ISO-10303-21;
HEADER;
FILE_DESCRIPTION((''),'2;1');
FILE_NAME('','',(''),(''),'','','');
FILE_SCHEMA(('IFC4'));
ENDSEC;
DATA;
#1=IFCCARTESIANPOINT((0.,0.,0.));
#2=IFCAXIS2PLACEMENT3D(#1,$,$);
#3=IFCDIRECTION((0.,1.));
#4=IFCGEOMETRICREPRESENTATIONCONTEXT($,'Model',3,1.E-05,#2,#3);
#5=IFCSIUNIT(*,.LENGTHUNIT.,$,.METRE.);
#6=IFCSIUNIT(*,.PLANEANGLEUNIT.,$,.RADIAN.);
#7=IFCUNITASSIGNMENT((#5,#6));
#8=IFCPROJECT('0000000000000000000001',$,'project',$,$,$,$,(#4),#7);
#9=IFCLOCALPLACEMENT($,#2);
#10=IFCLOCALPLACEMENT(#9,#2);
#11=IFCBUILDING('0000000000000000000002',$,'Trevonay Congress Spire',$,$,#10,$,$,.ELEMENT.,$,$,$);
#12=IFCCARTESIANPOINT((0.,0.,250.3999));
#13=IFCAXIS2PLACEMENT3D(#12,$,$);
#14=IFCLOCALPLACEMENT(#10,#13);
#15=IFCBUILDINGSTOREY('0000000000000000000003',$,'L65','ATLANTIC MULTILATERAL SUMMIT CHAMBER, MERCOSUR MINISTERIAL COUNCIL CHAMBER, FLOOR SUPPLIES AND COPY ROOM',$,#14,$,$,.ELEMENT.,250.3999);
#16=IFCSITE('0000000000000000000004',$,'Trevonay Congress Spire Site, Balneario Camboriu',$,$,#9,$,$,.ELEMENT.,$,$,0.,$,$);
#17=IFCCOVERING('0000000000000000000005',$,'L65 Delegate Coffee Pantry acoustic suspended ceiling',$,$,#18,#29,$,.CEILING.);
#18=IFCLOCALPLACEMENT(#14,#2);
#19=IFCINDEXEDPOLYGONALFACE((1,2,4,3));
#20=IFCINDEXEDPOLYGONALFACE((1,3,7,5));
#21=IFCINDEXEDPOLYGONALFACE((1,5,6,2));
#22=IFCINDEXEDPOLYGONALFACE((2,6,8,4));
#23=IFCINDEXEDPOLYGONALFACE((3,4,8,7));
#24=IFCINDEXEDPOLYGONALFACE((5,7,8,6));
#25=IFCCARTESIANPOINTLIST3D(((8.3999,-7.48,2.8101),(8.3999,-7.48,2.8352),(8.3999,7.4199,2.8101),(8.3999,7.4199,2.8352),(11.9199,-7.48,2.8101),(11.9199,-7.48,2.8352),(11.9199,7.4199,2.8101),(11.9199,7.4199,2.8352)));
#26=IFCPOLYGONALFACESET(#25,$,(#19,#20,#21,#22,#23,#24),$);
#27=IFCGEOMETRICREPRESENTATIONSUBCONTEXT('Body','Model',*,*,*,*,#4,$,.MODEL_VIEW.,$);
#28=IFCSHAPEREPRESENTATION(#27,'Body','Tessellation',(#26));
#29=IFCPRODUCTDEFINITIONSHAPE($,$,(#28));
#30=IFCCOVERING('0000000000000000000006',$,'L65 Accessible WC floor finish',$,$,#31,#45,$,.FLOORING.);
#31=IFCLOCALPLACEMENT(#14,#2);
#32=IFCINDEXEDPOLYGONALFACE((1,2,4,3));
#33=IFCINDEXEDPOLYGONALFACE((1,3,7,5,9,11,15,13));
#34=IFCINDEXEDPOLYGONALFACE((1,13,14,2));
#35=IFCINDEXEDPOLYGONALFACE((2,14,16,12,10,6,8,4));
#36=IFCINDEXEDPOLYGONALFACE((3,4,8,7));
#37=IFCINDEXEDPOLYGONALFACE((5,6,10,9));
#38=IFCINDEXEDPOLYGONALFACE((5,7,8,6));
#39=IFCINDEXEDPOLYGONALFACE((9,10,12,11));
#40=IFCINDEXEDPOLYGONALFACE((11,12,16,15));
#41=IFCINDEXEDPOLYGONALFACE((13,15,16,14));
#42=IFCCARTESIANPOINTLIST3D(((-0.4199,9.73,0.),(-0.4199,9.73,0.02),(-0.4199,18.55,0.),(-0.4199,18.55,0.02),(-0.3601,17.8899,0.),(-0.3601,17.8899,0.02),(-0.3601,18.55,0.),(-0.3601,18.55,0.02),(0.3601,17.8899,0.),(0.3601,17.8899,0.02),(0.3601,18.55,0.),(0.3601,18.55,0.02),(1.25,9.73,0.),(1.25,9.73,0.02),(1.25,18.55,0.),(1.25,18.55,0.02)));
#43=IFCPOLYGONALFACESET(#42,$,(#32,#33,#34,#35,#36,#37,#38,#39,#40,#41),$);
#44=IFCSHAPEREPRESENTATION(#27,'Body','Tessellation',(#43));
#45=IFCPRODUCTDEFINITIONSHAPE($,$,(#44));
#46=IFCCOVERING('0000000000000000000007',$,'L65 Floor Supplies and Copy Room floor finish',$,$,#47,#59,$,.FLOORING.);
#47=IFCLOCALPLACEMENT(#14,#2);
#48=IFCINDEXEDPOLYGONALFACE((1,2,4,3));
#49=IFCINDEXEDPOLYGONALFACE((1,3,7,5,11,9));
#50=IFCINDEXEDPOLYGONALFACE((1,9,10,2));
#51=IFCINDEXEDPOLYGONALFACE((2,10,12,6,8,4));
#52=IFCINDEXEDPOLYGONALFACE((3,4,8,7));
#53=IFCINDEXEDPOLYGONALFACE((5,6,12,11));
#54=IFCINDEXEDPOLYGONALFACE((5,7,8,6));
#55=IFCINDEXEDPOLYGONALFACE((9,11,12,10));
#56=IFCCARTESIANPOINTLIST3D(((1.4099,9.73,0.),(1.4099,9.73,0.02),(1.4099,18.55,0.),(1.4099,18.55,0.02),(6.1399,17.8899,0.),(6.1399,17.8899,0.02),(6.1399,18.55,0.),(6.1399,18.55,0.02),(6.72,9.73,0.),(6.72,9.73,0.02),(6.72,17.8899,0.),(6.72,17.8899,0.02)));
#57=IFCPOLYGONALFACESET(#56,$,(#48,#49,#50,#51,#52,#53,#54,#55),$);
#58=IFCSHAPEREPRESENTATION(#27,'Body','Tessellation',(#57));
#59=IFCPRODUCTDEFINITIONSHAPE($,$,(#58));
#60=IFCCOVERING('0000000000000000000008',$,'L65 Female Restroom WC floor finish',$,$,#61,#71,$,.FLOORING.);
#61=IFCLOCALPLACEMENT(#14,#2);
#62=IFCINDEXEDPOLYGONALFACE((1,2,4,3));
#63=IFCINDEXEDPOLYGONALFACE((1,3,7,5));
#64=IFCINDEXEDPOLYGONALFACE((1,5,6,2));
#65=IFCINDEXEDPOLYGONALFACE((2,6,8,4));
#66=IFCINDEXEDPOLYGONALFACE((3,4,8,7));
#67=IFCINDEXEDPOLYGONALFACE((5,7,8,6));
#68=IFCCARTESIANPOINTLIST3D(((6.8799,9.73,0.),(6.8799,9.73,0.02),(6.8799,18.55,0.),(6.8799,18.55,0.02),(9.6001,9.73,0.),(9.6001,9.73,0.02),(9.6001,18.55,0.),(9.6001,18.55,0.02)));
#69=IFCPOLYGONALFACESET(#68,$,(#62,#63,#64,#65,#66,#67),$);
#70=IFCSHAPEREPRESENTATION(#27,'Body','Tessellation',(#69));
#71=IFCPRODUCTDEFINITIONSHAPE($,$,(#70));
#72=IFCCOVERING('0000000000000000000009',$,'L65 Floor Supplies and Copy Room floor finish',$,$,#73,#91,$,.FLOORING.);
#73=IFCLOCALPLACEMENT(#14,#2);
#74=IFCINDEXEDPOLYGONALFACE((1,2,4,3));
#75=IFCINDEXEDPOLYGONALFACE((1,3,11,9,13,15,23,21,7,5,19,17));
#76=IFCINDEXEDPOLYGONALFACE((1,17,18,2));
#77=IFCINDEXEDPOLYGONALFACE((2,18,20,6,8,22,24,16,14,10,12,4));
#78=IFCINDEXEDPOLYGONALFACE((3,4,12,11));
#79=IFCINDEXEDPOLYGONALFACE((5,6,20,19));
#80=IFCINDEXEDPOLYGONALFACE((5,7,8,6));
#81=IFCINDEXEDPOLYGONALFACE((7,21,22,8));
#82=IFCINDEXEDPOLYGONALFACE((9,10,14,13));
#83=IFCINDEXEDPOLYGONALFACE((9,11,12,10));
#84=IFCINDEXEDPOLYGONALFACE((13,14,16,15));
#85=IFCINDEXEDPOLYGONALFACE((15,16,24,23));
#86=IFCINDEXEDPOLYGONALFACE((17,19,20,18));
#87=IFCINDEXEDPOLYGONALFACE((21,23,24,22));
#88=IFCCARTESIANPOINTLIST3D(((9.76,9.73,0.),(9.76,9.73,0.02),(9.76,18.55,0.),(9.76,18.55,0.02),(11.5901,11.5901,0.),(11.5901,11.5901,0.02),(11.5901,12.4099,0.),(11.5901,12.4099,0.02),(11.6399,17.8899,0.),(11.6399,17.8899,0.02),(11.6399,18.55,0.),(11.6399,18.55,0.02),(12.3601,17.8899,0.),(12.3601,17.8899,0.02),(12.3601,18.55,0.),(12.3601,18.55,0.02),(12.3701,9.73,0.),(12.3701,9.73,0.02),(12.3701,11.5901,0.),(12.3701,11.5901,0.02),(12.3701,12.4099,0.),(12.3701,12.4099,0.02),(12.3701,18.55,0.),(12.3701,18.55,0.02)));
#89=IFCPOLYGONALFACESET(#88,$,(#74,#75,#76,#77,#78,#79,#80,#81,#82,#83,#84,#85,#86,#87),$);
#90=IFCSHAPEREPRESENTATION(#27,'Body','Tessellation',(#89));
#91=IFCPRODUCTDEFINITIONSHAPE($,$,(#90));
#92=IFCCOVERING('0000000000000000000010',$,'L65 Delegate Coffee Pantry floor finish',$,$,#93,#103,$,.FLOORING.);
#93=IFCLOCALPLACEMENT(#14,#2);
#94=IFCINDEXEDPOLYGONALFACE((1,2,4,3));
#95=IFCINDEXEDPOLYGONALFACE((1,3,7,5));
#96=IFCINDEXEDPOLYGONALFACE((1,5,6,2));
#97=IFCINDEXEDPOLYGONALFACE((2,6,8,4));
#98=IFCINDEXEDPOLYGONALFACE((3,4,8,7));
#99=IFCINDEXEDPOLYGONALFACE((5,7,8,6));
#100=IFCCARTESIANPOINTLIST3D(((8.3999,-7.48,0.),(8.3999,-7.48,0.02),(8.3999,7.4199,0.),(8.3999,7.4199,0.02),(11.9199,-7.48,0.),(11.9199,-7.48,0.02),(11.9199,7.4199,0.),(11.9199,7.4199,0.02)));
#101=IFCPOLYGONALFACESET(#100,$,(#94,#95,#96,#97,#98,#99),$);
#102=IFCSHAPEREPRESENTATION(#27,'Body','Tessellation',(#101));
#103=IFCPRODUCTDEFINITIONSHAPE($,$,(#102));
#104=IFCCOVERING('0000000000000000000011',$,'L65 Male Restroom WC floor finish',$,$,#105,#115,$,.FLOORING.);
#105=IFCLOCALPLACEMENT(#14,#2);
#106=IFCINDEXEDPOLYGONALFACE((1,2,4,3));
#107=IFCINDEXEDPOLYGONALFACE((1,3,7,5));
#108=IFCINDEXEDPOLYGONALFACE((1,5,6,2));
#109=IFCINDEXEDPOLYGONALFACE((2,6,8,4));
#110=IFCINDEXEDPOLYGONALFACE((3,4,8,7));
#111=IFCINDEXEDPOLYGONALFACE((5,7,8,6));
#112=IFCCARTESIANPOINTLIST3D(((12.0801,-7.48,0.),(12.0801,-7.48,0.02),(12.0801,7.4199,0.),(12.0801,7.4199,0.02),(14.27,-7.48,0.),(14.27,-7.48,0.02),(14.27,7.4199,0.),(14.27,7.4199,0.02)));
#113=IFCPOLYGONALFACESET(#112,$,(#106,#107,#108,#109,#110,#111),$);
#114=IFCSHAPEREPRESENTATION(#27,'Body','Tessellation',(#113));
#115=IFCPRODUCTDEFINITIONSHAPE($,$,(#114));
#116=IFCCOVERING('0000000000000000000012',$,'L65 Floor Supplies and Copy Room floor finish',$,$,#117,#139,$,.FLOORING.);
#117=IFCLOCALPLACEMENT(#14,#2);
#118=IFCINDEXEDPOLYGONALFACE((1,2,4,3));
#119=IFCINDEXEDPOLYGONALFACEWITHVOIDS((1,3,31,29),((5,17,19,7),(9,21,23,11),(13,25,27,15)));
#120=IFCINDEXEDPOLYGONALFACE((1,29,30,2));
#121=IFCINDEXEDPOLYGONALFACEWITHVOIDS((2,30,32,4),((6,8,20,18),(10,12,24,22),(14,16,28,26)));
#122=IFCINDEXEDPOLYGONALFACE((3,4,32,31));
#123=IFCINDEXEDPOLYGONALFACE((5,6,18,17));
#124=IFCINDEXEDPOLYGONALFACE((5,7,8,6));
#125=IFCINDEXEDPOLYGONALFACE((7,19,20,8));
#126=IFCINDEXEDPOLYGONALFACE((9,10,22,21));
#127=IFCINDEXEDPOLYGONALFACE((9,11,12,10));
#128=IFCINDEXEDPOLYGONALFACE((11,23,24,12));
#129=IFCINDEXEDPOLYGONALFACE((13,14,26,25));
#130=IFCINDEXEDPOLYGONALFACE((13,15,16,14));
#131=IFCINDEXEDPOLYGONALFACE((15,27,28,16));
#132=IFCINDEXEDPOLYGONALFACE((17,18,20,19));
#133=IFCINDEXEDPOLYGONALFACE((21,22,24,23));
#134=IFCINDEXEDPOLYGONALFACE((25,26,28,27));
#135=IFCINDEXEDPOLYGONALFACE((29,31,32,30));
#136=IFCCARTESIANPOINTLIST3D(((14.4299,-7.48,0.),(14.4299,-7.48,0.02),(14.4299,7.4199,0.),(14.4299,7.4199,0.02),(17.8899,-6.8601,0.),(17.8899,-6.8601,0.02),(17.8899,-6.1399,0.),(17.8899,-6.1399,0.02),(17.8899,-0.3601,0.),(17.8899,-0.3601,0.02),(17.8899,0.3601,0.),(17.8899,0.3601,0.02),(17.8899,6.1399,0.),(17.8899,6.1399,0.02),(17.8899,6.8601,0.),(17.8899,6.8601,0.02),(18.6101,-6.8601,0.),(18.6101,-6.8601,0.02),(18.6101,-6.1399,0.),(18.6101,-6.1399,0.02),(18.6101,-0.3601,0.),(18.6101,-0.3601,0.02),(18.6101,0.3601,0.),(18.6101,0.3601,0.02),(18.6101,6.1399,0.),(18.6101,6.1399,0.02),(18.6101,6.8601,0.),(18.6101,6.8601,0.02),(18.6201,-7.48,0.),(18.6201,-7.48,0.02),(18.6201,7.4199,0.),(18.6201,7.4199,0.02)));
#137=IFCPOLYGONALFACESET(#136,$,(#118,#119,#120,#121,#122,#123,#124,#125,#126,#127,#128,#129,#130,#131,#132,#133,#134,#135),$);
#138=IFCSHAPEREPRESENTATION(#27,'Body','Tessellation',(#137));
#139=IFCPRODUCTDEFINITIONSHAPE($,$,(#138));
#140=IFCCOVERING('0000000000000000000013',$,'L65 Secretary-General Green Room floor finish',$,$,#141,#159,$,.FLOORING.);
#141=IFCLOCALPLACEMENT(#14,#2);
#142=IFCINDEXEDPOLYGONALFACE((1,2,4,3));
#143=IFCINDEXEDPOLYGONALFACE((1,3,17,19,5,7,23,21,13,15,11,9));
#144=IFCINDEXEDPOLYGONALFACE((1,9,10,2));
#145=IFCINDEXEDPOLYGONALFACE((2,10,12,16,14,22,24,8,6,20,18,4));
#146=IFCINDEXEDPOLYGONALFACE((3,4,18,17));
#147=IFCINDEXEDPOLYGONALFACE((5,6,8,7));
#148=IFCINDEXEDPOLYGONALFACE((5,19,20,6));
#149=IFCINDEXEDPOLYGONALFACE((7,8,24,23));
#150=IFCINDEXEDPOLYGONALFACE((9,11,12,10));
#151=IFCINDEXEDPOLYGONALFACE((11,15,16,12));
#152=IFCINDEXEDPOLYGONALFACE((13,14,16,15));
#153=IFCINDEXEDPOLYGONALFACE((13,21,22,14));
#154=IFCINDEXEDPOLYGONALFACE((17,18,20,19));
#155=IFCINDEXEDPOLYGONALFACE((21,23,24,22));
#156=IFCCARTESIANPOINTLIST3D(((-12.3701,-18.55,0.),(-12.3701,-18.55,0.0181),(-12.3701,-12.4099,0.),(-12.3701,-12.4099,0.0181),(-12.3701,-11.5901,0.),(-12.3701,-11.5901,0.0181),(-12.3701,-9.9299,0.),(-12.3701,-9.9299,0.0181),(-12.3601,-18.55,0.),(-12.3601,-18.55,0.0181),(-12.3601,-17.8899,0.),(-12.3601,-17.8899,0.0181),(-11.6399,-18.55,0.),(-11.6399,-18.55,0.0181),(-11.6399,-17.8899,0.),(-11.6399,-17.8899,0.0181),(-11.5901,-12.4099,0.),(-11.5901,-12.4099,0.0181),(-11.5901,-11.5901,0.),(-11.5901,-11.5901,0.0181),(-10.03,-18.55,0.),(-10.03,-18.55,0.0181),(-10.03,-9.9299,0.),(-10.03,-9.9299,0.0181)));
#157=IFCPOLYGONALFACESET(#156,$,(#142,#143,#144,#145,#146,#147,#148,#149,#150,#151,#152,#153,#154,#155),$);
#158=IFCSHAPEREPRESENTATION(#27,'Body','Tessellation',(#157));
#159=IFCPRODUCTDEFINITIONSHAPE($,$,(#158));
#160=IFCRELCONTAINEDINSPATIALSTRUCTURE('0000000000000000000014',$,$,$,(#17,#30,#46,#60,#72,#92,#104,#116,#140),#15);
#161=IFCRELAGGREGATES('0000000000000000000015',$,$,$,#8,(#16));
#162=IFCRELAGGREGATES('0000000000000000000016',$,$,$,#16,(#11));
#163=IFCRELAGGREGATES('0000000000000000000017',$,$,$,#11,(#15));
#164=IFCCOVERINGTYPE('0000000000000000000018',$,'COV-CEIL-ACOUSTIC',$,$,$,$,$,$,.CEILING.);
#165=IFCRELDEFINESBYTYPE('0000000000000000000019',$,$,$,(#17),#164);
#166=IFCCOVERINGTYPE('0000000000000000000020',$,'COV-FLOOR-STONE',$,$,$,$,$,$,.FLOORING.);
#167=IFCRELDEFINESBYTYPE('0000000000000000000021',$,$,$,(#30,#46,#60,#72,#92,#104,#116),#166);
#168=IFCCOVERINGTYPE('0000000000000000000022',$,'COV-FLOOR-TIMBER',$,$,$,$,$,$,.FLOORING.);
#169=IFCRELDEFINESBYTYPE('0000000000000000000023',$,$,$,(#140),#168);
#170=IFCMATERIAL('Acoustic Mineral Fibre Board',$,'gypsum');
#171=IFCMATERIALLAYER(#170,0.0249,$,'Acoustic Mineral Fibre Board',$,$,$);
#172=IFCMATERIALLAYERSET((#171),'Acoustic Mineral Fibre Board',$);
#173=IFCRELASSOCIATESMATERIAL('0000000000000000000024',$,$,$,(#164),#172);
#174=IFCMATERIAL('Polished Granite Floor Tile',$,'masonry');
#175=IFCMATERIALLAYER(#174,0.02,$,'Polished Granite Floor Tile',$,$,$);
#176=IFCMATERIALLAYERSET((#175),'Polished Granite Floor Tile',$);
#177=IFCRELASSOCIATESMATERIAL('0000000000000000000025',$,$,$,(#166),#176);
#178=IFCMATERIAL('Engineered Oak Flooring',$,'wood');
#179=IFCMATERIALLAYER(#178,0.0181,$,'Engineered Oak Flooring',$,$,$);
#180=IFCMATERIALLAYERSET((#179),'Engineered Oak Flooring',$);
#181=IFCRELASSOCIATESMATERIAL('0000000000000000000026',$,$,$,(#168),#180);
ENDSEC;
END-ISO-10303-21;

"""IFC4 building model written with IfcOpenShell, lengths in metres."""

from ifc_helpers import new_model, si_unit, direction, frame, origin, place, context, subcontext, project, spatial, polyline, outline, extrude, material, layer, layer_set, type_object, element, save


model = new_model("IFC4")

# Units and contexts
model_context = context("Model", 3, precision=1e-05, world=origin(), true_north=direction((0.0, 1.0)))
body_context = subcontext(model_context, "Body", "Model", "MODEL_VIEW")
ifc_project = project(units=[si_unit("LENGTHUNIT", "METRE"), si_unit("PLANEANGLEUNIT", "RADIAN")], contexts=[model_context])

# Site, building, storey
site_placement = place(None, origin())
site = spatial("IfcSite", under=ifc_project, at=site_placement, Name="Trevonay Congress Spire Site, Balneario Camboriu", CompositionType="ELEMENT", RefElevation=0.0)
building_placement = place(site_placement, origin())
building = spatial("IfcBuilding", under=site, at=building_placement, Name="Trevonay Congress Spire", CompositionType="ELEMENT")
storey_placement = place(building_placement, frame((0.0, 0.0, 250.3999)))
storey = spatial("IfcBuildingStorey", under=building, at=storey_placement, Name="L65", Description="ATLANTIC MULTILATERAL SUMMIT CHAMBER, MERCOSUR MINISTERIAL COUNCIL CHAMBER, FLOOR SUPPLIES AND COPY ROOM", CompositionType="ELEMENT", Elevation=250.3999)

# Coverings
ifc_material_1 = material(Name="Acoustic Mineral Fibre Board", Category="gypsum")
ifc_layer_1 = layer(ifc_material_1, 0.0249, Name="Acoustic Mineral Fibre Board")
ifc_layer_set_1 = layer_set([ifc_layer_1], Name="Acoustic Mineral Fibre Board")
covering_type_1 = type_object("IfcCoveringType", Name="COV-CEIL-ACOUSTIC", PredefinedType="CEILING", material=ifc_layer_set_1)
covering_1_placement = place(storey_placement, frame((0.0, 0.0, 2.8101)))
element("IfcCovering", 1, at=covering_1_placement, inside=storey, type_object=covering_type_1, Name="L65 Delegate Coffee Pantry acoustic suspended ceiling", PredefinedType="CEILING", context=body_context, shape_type="SweptSolid", body=[
    extrude(outline(polyline([(8.3999, -7.48), (11.9199, -7.48), (11.9199, 7.4199), (8.3999, 7.4199), (8.3999, -7.48)])), origin(), (0.0, 0.0, 1.0), 0.0251),
])
ifc_material_2 = material(Name="Polished Granite Floor Tile", Category="masonry")
ifc_layer_2 = layer(ifc_material_2, 0.02, Name="Polished Granite Floor Tile")
ifc_layer_set_2 = layer_set([ifc_layer_2], Name="Polished Granite Floor Tile")
covering_type_2 = type_object("IfcCoveringType", Name="COV-FLOOR-STONE", PredefinedType="FLOORING", material=ifc_layer_set_2)
covering_2_placement = place(storey_placement, origin())
element("IfcCovering", 2, at=covering_2_placement, inside=storey, type_object=covering_type_2, Name="L65 Accessible WC floor finish", PredefinedType="FLOORING", context=body_context, shape_type="SweptSolid", body=[
    extrude(outline(polyline([(1.25, 18.55), (1.25, 9.73), (-0.4199, 9.73), (-0.4199, 18.55), (-0.3601, 18.55), (-0.3601, 17.8899), (0.3601, 17.8899), (0.3601, 18.55), (1.25, 18.55)])), origin(), (0.0, 0.0, 1.0), 0.02),
])
covering_3_placement = place(storey_placement, origin())
element("IfcCovering", 3, at=covering_3_placement, inside=storey, type_object=covering_type_2, Name="L65 Floor Supplies and Copy Room floor finish", PredefinedType="FLOORING", context=body_context, shape_type="SweptSolid", body=[
    extrude(outline(polyline([(6.72, 9.73), (1.4099, 9.73), (1.4099, 18.55), (6.1399, 18.55), (6.1399, 17.8899), (6.72, 17.8899), (6.72, 9.73)])), origin(), (0.0, 0.0, 1.0), 0.02),
])
covering_4_placement = place(storey_placement, origin())
element("IfcCovering", 4, at=covering_4_placement, inside=storey, type_object=covering_type_2, Name="L65 Female Restroom WC floor finish", PredefinedType="FLOORING", context=body_context, shape_type="SweptSolid", body=[
    extrude(outline(polyline([(6.8799, 9.73), (9.6001, 9.73), (9.6001, 18.55), (6.8799, 18.55), (6.8799, 9.73)])), origin(), (0.0, 0.0, 1.0), 0.02),
])
covering_5_placement = place(storey_placement, origin())
element("IfcCovering", 5, at=covering_5_placement, inside=storey, type_object=covering_type_2, Name="L65 Floor Supplies and Copy Room floor finish", PredefinedType="FLOORING", context=body_context, shape_type="SweptSolid", body=[
    extrude(outline(polyline([(12.3701, 9.73), (9.76, 9.73), (9.76, 18.55), (11.6399, 18.55), (11.6399, 17.8899), (12.3601, 17.8899), (12.3601, 18.55), (12.3701, 18.55), (12.3701, 12.4099), (11.5901, 12.4099), (11.5901, 11.5901), (12.3701, 11.5901), (12.3701, 9.73)])), origin(), (0.0, 0.0, 1.0), 0.02),
])
covering_6_placement = place(storey_placement, origin())
element("IfcCovering", 6, at=covering_6_placement, inside=storey, type_object=covering_type_2, Name="L65 Delegate Coffee Pantry floor finish", PredefinedType="FLOORING", context=body_context, shape_type="SweptSolid", body=[
    extrude(outline(polyline([(8.3999, -7.48), (11.9199, -7.48), (11.9199, 7.4199), (8.3999, 7.4199), (8.3999, -7.48)])), origin(), (0.0, 0.0, 1.0), 0.02),
])
covering_7_placement = place(storey_placement, origin())
element("IfcCovering", 7, at=covering_7_placement, inside=storey, type_object=covering_type_2, Name="L65 Male Restroom WC floor finish", PredefinedType="FLOORING", context=body_context, shape_type="SweptSolid", body=[
    extrude(outline(polyline([(12.0801, -7.48), (14.27, -7.48), (14.27, 7.4199), (12.0801, 7.4199), (12.0801, -7.48)])), origin(), (0.0, 0.0, 1.0), 0.02),
])
covering_8_placement = place(storey_placement, origin())
element("IfcCovering", 8, at=covering_8_placement, inside=storey, type_object=covering_type_2, Name="L65 Floor Supplies and Copy Room floor finish", PredefinedType="FLOORING", context=body_context, shape_type="SweptSolid", body=[
    extrude(outline(polyline([(14.4299, 7.4199), (18.6201, 7.4199), (18.6201, -7.48), (14.4299, -7.48), (14.4299, 7.4199)]), holes=[polyline([(17.8899, -6.8601), (18.6101, -6.8601), (18.6101, -6.1399), (17.8899, -6.1399), (17.8899, -6.8601)]), polyline([(17.8899, 0.3601), (17.8899, -0.3601), (18.6101, -0.3601), (18.6101, 0.3601), (17.8899, 0.3601)]), polyline([(17.8899, 6.8601), (17.8899, 6.1399), (18.6101, 6.1399), (18.6101, 6.8601), (17.8899, 6.8601)])]), origin(), (0.0, 0.0, 1.0), 0.02),
])
ifc_material_3 = material(Name="Engineered Oak Flooring", Category="wood")
ifc_layer_3 = layer(ifc_material_3, 0.0181, Name="Engineered Oak Flooring")
ifc_layer_set_3 = layer_set([ifc_layer_3], Name="Engineered Oak Flooring")
covering_type_3 = type_object("IfcCoveringType", Name="COV-FLOOR-TIMBER", PredefinedType="FLOORING", material=ifc_layer_set_3)
covering_9_placement = place(storey_placement, origin())
element("IfcCovering", 9, at=covering_9_placement, inside=storey, type_object=covering_type_3, Name="L65 Secretary-General Green Room floor finish", PredefinedType="FLOORING", context=body_context, shape_type="SweptSolid", body=[
    extrude(outline(polyline([(-12.3701, -18.55), (-12.3701, -12.4099), (-11.5901, -12.4099), (-11.5901, -11.5901), (-12.3701, -11.5901), (-12.3701, -9.9299), (-10.03, -9.9299), (-10.03, -18.55), (-11.6399, -18.55), (-11.6399, -17.8899), (-12.3601, -17.8899), (-12.3601, -18.55), (-12.3701, -18.55)])), origin(), (0.0, 0.0, 1.0), 0.0181),
])

save(model, "model.ifc")
